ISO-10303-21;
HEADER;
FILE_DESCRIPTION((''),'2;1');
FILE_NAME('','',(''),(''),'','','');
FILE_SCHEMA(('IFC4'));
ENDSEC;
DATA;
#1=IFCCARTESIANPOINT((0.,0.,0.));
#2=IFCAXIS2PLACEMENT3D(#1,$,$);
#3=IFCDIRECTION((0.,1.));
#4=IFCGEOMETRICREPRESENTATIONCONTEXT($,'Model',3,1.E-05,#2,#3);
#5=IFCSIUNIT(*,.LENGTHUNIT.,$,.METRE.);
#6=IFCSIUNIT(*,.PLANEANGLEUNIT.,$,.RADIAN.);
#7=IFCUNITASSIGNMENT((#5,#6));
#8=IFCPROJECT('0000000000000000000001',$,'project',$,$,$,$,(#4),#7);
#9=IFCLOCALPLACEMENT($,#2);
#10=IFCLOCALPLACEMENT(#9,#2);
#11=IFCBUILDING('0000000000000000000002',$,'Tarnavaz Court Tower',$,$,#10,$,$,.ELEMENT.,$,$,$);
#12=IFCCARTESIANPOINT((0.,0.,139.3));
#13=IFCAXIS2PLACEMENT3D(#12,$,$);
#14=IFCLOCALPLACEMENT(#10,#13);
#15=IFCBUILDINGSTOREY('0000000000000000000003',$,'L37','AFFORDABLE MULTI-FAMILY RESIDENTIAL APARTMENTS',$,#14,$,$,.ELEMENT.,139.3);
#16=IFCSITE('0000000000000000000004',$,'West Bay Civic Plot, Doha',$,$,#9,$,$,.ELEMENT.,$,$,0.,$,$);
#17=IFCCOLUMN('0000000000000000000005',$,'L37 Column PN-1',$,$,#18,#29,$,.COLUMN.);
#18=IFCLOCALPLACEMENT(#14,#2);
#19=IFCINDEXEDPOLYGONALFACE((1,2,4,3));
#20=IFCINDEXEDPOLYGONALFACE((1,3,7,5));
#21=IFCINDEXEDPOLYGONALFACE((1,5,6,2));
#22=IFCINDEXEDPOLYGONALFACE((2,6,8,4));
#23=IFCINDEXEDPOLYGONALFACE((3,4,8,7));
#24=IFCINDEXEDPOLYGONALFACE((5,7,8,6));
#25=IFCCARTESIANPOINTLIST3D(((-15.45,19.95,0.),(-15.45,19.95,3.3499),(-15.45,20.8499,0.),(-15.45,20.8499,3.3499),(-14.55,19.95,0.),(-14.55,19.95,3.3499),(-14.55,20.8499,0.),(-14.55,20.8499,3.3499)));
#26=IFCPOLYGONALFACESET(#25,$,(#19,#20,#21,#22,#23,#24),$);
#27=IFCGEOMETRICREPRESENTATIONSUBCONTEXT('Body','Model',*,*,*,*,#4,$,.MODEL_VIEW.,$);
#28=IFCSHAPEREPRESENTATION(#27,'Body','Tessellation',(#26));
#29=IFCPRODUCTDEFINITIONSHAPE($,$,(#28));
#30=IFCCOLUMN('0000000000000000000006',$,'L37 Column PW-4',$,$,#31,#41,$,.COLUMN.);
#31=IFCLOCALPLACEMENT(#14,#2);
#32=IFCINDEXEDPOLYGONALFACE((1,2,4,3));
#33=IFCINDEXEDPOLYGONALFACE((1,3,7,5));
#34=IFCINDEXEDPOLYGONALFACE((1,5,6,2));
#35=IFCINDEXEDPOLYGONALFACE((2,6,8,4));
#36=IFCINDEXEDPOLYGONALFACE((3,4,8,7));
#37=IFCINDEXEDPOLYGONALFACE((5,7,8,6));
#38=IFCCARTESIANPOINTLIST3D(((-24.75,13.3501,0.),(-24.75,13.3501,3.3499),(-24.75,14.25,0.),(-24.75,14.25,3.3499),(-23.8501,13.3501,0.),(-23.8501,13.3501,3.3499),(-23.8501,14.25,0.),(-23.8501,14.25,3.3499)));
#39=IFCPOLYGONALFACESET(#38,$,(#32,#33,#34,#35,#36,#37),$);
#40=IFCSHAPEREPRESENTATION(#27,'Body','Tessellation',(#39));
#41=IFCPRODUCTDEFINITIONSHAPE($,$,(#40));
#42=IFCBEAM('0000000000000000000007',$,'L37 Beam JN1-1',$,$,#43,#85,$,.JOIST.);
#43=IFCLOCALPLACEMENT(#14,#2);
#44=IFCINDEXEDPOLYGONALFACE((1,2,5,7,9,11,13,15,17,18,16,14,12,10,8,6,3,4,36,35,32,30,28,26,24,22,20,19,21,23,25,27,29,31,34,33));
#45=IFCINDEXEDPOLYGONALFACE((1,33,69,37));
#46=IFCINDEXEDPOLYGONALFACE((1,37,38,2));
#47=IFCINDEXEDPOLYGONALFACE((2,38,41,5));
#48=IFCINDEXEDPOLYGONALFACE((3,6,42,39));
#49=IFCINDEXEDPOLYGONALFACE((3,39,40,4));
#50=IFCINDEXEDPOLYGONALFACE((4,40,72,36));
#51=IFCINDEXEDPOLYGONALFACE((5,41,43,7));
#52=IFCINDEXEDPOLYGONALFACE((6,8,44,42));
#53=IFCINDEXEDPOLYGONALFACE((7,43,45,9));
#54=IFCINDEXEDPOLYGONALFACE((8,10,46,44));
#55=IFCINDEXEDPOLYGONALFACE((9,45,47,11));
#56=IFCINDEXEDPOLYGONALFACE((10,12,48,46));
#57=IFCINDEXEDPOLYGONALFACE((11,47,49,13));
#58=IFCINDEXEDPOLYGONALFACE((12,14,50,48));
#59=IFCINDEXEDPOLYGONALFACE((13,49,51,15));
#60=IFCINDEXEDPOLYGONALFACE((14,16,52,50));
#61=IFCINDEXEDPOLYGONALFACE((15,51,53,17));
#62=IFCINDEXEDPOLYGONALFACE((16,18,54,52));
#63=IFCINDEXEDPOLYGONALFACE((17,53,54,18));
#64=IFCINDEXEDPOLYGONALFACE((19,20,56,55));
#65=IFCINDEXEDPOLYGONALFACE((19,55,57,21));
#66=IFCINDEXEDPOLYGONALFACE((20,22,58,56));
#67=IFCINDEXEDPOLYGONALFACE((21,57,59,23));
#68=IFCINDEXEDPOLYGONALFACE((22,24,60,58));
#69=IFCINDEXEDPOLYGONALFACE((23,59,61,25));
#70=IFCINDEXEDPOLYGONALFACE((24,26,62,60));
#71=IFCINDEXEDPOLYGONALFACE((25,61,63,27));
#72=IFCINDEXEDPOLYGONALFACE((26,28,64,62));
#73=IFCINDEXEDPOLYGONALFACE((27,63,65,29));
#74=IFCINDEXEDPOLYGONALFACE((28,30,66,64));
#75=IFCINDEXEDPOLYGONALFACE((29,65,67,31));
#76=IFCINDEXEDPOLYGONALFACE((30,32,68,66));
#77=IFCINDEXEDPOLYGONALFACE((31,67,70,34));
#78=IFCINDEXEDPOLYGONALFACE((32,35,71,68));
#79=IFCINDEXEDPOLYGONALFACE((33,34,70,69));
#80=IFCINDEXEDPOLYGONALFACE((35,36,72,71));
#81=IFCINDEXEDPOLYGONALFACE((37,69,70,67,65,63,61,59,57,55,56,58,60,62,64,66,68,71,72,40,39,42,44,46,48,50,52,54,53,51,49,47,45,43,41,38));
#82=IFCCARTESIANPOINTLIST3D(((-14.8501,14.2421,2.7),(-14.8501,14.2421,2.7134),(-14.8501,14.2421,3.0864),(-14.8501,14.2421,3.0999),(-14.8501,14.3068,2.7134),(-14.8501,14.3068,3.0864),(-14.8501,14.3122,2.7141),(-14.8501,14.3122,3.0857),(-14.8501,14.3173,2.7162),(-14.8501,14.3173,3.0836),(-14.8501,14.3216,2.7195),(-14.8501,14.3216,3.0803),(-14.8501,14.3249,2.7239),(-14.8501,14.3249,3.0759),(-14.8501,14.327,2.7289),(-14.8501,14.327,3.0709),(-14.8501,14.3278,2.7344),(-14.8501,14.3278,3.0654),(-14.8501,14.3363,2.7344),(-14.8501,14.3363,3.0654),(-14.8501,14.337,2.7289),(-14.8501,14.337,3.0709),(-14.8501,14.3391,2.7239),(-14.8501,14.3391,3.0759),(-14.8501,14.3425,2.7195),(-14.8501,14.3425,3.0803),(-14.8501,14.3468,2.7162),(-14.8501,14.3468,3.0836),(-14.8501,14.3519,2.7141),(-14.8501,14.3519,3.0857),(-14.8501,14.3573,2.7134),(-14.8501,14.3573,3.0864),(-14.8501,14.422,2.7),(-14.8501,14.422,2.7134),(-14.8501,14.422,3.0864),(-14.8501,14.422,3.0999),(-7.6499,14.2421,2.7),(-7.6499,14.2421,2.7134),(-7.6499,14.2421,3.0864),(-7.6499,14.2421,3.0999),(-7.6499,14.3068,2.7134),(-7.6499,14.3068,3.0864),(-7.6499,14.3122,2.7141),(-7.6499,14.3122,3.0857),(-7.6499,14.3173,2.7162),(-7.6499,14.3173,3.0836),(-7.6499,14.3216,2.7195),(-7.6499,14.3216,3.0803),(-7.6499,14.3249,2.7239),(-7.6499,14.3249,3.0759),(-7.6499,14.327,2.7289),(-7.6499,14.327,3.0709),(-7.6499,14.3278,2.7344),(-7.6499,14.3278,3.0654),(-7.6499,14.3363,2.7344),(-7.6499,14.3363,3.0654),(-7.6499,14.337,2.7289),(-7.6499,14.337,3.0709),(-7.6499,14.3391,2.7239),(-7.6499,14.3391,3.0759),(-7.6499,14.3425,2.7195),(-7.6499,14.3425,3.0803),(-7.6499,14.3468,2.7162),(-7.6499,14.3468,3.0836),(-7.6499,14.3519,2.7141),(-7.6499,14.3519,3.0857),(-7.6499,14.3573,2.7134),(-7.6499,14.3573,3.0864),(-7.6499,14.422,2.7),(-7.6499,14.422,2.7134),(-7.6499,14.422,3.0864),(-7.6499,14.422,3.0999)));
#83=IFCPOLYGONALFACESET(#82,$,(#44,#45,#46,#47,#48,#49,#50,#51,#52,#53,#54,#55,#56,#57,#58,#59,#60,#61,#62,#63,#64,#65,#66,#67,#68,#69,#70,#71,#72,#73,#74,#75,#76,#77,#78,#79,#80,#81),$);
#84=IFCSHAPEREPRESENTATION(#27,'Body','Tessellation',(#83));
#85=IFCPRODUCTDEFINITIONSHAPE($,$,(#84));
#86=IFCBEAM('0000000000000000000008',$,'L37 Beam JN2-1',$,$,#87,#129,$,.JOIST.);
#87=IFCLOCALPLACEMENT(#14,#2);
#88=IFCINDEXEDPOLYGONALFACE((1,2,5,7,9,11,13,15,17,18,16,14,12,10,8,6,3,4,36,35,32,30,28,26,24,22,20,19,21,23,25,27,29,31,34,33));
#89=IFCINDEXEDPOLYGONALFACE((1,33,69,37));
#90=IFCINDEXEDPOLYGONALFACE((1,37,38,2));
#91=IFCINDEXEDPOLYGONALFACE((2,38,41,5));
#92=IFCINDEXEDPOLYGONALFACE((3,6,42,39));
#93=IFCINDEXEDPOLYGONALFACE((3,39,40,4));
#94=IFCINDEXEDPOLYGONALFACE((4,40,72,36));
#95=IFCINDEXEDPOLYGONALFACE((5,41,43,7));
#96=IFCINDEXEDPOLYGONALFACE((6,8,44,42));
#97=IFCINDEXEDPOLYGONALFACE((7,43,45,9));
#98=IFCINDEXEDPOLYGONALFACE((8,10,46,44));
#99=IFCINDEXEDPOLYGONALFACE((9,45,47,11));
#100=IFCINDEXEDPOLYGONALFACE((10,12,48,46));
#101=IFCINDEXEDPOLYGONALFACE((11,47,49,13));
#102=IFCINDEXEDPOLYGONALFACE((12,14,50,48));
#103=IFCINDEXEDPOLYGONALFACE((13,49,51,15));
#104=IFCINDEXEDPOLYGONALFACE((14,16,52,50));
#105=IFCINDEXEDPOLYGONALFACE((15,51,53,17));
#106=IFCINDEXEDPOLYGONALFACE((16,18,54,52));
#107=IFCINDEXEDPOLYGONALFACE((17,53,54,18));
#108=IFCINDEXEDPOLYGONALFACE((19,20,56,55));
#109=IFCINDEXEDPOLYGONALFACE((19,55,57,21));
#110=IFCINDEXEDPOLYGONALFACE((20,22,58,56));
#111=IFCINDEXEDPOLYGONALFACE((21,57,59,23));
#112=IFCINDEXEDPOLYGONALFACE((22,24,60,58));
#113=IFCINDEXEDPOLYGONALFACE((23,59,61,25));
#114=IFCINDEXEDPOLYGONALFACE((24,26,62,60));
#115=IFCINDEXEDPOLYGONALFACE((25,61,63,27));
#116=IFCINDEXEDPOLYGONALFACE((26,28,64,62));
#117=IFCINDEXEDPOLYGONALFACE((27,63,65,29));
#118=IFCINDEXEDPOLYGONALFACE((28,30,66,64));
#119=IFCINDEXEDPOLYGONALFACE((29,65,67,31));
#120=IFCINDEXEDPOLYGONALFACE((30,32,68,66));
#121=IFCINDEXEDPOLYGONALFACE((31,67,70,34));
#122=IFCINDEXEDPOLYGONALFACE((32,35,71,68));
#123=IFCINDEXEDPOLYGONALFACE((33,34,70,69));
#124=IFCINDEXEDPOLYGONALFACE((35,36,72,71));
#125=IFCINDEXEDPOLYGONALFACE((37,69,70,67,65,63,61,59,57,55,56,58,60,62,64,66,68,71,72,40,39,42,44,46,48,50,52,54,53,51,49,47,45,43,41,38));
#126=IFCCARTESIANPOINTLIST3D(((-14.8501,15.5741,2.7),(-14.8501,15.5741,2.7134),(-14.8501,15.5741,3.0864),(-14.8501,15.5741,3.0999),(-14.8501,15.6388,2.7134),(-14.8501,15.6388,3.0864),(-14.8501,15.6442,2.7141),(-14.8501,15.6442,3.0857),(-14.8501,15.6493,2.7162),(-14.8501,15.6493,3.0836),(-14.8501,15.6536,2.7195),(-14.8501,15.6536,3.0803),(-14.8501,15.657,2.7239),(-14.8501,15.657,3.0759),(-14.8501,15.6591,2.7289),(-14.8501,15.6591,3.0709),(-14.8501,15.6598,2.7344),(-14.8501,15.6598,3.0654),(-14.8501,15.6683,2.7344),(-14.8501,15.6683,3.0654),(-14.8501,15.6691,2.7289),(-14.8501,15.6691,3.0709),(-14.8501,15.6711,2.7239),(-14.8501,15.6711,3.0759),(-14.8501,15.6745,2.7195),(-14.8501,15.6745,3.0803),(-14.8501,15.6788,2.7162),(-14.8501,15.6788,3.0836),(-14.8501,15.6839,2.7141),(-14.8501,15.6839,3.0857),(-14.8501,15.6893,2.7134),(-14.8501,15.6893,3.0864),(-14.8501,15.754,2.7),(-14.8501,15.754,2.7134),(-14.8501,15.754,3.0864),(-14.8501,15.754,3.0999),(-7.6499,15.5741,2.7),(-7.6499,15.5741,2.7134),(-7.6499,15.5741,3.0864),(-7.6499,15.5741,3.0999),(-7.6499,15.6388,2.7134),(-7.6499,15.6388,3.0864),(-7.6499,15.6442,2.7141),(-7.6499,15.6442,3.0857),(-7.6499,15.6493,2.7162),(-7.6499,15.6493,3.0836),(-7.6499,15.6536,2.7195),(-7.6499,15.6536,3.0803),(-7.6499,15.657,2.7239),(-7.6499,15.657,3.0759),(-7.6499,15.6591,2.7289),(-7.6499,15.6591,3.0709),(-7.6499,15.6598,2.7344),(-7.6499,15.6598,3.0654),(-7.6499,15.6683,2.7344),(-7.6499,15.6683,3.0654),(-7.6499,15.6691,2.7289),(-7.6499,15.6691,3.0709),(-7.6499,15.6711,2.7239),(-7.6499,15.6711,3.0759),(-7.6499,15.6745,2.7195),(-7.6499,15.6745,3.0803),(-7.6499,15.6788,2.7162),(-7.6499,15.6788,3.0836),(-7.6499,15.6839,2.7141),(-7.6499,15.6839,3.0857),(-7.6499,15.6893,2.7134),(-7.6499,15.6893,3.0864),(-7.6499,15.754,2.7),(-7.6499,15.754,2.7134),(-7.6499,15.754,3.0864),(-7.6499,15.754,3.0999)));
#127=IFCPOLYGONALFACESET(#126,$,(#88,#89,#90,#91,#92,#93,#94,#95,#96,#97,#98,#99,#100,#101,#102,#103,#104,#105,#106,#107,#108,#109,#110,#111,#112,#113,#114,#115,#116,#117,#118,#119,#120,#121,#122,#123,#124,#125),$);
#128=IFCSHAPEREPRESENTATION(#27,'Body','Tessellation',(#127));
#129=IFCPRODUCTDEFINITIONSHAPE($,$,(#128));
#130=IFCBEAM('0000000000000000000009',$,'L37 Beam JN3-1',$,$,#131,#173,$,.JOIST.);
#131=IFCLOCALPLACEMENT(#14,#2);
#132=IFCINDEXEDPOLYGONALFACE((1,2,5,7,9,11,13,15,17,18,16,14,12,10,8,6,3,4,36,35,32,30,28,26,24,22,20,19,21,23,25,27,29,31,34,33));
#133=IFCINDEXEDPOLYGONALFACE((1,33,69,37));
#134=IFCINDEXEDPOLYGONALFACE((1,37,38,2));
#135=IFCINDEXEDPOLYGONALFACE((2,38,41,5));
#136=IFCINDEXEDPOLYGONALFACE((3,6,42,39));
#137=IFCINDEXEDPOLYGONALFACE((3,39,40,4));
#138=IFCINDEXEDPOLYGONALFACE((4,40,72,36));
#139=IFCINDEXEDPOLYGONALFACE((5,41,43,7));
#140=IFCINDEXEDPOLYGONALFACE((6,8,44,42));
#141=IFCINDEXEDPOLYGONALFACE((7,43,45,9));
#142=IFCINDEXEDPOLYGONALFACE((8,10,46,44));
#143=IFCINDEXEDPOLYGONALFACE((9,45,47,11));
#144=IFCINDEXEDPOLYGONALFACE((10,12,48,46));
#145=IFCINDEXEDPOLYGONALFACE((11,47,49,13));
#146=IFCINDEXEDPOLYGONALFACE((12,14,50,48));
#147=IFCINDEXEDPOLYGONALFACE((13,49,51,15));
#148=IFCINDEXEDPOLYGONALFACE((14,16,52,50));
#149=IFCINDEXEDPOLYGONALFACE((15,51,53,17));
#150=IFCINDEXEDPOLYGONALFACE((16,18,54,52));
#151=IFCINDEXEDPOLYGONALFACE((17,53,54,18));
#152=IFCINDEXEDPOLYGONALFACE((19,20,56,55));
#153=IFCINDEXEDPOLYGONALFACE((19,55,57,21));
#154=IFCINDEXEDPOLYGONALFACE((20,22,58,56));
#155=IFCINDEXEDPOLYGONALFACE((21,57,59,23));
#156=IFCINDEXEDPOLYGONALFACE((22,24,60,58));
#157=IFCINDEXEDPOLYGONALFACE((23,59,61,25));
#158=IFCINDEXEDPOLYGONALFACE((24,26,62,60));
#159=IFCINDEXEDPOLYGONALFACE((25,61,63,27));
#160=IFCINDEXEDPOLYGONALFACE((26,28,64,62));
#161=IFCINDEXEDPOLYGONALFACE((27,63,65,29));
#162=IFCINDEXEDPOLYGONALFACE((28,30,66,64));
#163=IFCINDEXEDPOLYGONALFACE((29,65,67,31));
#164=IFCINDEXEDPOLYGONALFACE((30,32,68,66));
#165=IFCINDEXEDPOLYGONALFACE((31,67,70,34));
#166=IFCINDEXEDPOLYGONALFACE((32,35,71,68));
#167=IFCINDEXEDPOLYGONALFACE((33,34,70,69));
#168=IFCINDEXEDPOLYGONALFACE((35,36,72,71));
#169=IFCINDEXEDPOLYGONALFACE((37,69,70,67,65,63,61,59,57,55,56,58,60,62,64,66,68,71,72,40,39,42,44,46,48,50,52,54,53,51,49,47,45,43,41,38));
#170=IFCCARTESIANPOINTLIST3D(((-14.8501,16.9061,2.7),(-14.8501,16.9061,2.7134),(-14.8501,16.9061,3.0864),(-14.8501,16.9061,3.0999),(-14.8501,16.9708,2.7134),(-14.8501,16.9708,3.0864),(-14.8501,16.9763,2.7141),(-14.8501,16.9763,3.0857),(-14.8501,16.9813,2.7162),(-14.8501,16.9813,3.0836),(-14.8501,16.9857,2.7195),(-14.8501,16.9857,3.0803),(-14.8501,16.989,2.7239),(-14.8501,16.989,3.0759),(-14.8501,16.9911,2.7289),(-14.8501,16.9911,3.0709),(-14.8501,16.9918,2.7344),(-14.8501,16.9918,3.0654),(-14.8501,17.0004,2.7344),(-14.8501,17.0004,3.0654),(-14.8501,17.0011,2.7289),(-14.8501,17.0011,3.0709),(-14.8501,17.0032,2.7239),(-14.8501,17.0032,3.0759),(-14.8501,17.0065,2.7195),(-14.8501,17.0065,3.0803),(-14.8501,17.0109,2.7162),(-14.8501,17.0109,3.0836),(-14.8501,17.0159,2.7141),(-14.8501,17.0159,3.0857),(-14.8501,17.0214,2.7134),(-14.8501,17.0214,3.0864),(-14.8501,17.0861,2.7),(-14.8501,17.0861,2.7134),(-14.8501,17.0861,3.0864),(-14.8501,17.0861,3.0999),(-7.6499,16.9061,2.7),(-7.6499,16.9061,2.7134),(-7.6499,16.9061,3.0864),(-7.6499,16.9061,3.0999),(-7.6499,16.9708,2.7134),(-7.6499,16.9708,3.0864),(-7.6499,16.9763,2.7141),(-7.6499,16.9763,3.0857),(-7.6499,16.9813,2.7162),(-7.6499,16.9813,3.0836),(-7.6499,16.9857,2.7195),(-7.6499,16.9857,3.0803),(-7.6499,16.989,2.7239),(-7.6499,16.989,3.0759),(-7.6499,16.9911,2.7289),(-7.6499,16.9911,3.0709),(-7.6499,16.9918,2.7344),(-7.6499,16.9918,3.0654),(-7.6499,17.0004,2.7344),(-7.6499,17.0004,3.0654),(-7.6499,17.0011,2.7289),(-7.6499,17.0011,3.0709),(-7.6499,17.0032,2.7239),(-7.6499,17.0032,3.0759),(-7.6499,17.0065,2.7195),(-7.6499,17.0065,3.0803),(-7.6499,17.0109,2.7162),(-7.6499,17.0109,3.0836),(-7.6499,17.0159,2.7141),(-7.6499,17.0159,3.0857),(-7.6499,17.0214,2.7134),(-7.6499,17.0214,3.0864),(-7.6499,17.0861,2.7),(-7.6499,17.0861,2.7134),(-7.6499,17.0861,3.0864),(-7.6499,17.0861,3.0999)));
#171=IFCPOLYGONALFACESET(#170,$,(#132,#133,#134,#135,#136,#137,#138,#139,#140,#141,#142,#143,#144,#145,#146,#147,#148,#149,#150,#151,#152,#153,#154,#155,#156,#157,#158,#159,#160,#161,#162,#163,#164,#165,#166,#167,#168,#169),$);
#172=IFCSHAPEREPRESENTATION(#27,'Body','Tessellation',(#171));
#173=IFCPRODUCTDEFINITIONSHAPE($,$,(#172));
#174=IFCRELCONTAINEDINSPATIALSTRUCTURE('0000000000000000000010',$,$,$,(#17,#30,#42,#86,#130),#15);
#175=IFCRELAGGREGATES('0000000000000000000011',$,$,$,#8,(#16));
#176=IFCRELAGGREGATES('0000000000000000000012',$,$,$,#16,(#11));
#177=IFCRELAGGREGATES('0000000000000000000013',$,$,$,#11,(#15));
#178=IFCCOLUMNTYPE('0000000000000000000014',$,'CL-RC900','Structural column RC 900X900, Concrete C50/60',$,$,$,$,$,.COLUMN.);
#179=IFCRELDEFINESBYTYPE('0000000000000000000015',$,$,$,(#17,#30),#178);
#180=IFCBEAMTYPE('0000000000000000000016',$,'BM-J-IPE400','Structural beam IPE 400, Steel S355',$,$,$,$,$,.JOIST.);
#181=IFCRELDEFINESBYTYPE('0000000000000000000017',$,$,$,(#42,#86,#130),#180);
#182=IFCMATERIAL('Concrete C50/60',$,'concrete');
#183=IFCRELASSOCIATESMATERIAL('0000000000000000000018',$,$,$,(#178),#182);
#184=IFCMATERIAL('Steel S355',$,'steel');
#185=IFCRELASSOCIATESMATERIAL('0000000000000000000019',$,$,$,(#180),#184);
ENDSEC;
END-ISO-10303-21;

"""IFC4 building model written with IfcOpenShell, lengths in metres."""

from ifc_helpers import new_model, si_unit, direction, frame, origin, origin_2d, place, context, subcontext, project, spatial, rectangle, i_section, extrude, material, material_profile, profile_set, type_object, element, save


model = new_model("IFC4")

# Units and contexts
model_context = context("Model", 3, precision=1e-05, world=origin(), true_north=direction((0.0, 1.0)))
body_context = subcontext(model_context, "Body", "Model", "MODEL_VIEW")
ifc_project = project(units=[si_unit("LENGTHUNIT", "METRE"), si_unit("PLANEANGLEUNIT", "RADIAN")], contexts=[model_context])

# Site, building, storey
site_placement = place(None, origin())
site = spatial("IfcSite", under=ifc_project, at=site_placement, Name="West Bay Civic Plot, Doha", CompositionType="ELEMENT", RefElevation=0.0)
building_placement = place(site_placement, origin())
building = spatial("IfcBuilding", under=site, at=building_placement, Name="Tarnavaz Court Tower", CompositionType="ELEMENT")
storey_placement = place(building_placement, frame((0.0, 0.0, 139.3)))
storey = spatial("IfcBuildingStorey", under=building, at=storey_placement, Name="L37", Description="AFFORDABLE MULTI-FAMILY RESIDENTIAL APARTMENTS", CompositionType="ELEMENT", Elevation=139.3)

# Columns
ifc_material_1 = material(Name="Concrete C50/60", Category="concrete")
ifc_material_profile_1 = material_profile(ifc_material_1, rectangle(XDim=0.8999, YDim=0.8999, at=origin_2d()), Name="RC 900X900")
ifc_profile_set_1 = profile_set([ifc_material_profile_1], Name="Concrete C50/60")
column_type = type_object("IfcColumnType", Name="CL-RC900", Description="Structural column RC 900X900, Concrete C50/60", PredefinedType="COLUMN", material=ifc_profile_set_1)
for number, where, z_axis, x_axis, name in (
    (1, (-15.0, 20.3999, 0.0), (0.0, 0.0, 1.0), (1.0, 0.0, 0.0), "L37 Column PN-1"),
    (2, (-24.3, 13.8, 0.0), (0.0, 0.0, 1.0), (1.0, 0.0, 0.0), "L37 Column PW-4"),
):
    element("IfcColumn", number, at=place(storey_placement, frame(where, z_axis=z_axis, x_axis=x_axis)), inside=storey, type_object=column_type, Name=name, PredefinedType="COLUMN", context=body_context, shape_type="SweptSolid", body=[
        extrude(rectangle(XDim=0.8999, YDim=0.8999, at=origin_2d()), origin(), (0.0, 0.0, 1.0), 3.3499),
    ])

# Beams
ifc_material_2 = material(Name="Steel S355", Category="steel")
ifc_material_profile_2 = material_profile(ifc_material_2, i_section(OverallWidth=0.1799, OverallDepth=0.3999, WebThickness=0.0085, FlangeThickness=0.0134, FilletRadius=0.021, at=origin_2d()), Name="IPE 400")
ifc_profile_set_2 = profile_set([ifc_material_profile_2], Name="Steel S355")
beam_type_1 = type_object("IfcBeamType", Name="BM-J-IPE400", Description="Structural beam IPE 400, Steel S355", PredefinedType="JOIST", material=ifc_profile_set_2)
for number, where, z_axis, x_axis, name in (
    (3, (-14.8501, 14.332, 2.8999), (1.0, 0.0, 0.0), (0.0, 1.0, 0.0), "L37 Beam JN1-1"),
    (4, (-14.8501, 15.6641, 2.8999), (1.0, 0.0, 0.0), (0.0, 1.0, 0.0), "L37 Beam JN2-1"),
    (5, (-14.8501, 16.9961, 2.8999), (1.0, 0.0, 0.0), (0.0, 1.0, 0.0), "L37 Beam JN3-1"),
):
    element("IfcBeam", number, at=place(storey_placement, frame(where, z_axis=z_axis, x_axis=x_axis)), inside=storey, type_object=beam_type_1, Name=name, PredefinedType="JOIST", context=body_context, shape_type="SweptSolid", body=[
        extrude(i_section(OverallWidth=0.1799, OverallDepth=0.3999, WebThickness=0.0085, FlangeThickness=0.0134, FilletRadius=0.021, at=origin_2d()), origin(), (0.0, 0.0, 1.0), 7.2002),
    ])

save(model, "model.ifc")
